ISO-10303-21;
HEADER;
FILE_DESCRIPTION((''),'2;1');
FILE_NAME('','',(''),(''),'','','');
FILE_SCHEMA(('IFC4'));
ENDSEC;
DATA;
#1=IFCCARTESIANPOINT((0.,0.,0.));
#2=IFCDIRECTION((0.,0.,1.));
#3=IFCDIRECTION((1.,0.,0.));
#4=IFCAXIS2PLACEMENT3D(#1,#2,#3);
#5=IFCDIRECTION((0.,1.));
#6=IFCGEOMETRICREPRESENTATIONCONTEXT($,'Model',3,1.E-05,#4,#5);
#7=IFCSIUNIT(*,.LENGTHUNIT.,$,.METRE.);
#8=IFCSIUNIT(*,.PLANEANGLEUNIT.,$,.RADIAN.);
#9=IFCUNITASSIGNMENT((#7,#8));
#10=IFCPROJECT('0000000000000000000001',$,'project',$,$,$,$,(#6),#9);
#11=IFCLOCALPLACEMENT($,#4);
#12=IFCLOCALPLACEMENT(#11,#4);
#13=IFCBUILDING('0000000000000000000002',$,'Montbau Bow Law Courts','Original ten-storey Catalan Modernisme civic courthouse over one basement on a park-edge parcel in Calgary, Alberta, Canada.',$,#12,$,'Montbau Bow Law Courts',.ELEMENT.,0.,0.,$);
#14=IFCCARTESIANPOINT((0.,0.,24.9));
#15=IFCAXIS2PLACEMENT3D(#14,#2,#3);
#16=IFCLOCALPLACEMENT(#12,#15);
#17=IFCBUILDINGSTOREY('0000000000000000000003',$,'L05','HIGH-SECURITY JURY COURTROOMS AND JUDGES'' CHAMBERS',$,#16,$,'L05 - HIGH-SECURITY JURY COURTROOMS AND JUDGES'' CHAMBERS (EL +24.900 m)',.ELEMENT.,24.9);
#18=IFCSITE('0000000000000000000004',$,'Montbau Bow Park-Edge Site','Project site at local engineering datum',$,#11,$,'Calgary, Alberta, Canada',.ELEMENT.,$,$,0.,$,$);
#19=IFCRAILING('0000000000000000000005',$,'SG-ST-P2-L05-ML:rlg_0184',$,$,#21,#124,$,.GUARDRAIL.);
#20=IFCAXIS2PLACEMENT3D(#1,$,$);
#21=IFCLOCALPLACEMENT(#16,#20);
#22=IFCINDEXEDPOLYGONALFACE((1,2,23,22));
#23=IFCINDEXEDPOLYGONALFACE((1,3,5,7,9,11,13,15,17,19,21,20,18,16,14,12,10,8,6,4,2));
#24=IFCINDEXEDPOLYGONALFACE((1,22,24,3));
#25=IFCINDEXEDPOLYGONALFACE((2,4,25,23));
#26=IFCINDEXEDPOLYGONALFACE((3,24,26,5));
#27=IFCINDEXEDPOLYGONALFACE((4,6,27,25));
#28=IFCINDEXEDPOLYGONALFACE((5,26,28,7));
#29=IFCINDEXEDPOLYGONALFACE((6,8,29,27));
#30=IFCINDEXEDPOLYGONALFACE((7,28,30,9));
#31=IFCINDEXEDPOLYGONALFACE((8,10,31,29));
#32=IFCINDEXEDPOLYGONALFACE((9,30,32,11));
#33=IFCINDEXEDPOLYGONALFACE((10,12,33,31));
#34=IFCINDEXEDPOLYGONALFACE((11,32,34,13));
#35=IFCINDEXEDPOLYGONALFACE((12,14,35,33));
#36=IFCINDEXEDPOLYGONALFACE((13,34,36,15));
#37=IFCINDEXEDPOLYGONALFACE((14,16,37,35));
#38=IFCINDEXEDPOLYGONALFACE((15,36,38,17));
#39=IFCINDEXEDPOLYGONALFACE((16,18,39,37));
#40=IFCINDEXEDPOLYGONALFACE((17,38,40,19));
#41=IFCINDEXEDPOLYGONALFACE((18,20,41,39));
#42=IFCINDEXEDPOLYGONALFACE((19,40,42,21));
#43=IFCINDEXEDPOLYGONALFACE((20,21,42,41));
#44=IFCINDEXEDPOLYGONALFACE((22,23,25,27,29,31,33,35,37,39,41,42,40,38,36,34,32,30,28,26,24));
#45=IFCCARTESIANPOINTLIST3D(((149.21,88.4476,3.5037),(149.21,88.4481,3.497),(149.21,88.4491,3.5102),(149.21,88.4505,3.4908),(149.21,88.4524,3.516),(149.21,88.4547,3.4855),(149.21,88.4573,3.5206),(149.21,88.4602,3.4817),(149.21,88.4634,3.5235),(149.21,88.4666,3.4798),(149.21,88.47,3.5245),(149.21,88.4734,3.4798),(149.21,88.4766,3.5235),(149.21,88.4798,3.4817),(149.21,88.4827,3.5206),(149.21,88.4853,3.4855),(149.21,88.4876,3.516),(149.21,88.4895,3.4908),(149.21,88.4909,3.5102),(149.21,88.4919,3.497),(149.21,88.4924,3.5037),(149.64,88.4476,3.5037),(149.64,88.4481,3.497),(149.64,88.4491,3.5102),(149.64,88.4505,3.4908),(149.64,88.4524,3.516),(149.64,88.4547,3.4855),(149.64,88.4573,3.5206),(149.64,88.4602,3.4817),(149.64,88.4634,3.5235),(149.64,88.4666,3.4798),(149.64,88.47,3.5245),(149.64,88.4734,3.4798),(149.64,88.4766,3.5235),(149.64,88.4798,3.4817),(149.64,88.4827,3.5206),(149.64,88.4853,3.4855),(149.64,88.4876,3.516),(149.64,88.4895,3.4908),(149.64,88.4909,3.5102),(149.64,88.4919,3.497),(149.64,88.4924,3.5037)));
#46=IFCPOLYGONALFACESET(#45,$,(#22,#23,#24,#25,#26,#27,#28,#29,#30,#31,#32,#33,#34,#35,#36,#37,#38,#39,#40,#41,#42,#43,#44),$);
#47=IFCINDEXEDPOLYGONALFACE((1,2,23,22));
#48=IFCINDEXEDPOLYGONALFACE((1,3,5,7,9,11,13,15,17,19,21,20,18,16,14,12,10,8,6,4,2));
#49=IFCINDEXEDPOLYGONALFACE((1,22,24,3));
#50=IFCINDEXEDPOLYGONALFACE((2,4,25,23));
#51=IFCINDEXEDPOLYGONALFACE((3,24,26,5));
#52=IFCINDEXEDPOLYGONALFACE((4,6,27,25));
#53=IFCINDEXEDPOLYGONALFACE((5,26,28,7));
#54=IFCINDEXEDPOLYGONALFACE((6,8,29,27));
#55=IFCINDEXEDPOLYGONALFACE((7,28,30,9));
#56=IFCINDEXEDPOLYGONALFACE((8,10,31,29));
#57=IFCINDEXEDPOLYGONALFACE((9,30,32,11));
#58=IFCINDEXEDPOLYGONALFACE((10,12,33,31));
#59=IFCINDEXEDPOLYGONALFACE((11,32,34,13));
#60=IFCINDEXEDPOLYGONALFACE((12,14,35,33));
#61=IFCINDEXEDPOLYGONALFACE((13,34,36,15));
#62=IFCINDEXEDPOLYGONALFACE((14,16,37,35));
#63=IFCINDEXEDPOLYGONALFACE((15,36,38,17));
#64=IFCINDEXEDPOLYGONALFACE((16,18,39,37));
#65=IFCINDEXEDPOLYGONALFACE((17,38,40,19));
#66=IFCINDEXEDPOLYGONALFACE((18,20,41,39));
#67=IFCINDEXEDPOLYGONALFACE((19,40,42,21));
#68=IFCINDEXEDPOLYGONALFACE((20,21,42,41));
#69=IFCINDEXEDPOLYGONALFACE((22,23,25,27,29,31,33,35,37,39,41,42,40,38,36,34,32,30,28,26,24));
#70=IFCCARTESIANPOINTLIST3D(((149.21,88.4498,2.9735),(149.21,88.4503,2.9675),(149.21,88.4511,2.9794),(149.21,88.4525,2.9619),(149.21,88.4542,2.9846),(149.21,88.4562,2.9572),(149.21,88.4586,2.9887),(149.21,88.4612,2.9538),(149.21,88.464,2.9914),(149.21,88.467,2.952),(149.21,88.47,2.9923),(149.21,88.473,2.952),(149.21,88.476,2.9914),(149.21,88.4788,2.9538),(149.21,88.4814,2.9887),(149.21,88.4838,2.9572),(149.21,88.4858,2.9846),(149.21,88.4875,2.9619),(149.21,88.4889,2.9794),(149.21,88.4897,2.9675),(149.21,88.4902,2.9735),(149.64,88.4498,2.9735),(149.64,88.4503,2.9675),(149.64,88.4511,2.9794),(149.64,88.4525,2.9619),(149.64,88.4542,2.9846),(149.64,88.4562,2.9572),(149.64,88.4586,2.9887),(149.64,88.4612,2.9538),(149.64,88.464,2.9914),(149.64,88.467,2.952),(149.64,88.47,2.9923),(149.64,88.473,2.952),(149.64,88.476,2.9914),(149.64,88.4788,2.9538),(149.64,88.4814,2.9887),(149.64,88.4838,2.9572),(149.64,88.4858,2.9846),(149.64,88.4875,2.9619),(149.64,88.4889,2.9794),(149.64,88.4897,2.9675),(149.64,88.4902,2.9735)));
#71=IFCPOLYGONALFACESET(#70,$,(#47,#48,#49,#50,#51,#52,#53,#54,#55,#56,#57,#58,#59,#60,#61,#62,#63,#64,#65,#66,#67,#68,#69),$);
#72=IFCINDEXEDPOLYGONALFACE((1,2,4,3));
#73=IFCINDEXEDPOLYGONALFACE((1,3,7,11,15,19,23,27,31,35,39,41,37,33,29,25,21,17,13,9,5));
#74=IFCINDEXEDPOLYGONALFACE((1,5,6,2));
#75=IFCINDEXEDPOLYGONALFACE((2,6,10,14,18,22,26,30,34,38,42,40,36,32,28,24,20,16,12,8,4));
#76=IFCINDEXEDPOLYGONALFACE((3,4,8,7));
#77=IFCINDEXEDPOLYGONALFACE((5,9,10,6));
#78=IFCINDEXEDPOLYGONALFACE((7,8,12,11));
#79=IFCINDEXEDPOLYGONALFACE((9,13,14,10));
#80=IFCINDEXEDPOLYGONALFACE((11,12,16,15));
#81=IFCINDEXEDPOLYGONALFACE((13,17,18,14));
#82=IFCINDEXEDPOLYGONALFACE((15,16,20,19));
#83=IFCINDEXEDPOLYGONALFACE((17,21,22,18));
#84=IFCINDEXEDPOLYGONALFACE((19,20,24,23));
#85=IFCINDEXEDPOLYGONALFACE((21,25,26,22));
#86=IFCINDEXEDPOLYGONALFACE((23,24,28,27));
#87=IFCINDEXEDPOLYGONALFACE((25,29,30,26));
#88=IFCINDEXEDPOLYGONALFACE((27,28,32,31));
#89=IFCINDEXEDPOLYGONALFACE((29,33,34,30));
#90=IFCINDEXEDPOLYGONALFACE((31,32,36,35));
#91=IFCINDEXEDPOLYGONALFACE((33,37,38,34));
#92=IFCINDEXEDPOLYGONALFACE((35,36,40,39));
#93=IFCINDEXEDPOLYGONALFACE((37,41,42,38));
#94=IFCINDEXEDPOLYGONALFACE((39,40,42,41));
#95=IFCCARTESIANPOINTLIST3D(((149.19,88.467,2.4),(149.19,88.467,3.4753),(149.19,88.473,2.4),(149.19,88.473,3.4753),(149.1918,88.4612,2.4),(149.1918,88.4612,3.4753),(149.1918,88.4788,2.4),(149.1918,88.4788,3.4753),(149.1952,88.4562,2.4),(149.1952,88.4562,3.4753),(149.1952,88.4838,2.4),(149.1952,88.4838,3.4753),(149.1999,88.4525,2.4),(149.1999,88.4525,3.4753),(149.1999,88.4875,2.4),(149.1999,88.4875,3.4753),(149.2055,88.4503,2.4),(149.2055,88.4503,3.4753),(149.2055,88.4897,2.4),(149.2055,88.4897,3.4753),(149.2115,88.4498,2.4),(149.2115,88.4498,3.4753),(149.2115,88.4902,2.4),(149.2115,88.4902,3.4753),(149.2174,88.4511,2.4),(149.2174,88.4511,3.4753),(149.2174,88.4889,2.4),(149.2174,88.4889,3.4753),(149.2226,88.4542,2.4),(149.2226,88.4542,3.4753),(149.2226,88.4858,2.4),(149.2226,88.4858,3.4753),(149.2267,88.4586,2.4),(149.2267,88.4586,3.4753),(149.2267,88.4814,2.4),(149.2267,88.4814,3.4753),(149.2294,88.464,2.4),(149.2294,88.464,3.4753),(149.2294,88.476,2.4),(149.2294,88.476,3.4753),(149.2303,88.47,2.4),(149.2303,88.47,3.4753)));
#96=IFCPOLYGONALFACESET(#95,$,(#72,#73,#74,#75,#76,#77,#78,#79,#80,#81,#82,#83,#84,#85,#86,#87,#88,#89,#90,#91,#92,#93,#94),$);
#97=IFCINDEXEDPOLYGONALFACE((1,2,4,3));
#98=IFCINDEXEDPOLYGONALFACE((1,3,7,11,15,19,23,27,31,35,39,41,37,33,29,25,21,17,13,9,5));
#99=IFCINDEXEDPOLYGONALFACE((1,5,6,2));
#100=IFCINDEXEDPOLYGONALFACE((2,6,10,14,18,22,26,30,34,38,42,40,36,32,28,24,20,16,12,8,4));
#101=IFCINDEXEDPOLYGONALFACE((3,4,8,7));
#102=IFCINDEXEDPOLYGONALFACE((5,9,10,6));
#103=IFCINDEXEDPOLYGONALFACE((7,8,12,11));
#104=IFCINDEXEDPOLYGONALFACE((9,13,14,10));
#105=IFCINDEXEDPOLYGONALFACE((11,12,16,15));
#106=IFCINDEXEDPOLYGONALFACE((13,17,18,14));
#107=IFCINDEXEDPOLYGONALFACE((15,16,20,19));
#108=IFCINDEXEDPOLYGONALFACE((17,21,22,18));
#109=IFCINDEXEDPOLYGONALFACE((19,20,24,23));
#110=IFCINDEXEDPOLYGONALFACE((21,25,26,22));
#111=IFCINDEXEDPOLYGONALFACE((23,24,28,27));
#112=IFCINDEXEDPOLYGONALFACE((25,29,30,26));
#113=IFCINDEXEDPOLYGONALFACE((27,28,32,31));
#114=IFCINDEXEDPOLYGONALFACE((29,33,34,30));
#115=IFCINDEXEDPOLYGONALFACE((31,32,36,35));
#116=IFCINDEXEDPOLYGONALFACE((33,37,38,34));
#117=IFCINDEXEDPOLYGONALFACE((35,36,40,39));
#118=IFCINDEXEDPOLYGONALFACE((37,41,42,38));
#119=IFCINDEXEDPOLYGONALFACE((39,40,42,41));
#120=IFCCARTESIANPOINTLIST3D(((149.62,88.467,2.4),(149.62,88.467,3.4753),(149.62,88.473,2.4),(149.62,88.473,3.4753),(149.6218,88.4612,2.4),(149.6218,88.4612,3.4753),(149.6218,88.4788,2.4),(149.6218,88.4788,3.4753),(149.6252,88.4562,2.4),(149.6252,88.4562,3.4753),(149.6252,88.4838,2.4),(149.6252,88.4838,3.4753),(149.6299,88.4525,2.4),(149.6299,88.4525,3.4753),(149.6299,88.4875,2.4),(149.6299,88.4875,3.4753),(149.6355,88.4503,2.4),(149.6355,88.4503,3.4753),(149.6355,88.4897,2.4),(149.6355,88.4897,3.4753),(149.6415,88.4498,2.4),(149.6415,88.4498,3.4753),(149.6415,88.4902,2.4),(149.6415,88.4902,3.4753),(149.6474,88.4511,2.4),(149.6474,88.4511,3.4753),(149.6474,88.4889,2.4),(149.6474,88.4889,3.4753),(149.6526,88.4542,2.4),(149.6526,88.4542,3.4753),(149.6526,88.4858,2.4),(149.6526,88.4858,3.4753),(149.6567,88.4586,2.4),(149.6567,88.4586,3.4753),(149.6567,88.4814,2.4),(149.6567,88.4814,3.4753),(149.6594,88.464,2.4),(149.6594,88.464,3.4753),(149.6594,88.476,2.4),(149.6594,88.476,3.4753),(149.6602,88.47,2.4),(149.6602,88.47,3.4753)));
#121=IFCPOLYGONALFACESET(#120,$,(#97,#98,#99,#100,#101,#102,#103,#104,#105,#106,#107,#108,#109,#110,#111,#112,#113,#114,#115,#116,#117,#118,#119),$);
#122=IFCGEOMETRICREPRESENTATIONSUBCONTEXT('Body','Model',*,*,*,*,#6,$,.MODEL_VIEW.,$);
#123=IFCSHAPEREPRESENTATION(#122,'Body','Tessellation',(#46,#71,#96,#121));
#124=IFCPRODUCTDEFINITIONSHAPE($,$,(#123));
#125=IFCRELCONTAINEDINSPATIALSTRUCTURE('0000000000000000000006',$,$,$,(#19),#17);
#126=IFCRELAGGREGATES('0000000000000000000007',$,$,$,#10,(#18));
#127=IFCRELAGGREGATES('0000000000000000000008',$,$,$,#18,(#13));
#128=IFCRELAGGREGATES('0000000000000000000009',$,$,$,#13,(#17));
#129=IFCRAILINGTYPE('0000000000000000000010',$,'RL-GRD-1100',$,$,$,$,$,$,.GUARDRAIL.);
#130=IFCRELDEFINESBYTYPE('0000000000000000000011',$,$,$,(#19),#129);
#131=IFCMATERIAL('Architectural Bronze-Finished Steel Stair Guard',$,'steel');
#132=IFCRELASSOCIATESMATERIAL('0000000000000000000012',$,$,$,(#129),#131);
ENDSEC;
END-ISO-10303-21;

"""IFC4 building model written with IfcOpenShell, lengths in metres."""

from ifc_helpers import new_model, si_unit, direction, frame, origin_with_axes, origin_2d_with_axis, place, context, subcontext, project, spatial, circle, extrude, material, type_object, element, save


model = new_model("IFC4")

# Units and contexts
model_context = context("Model", 3, precision=1e-05, world=origin_with_axes(), true_north=direction((0.0, 1.0)))
body_context = subcontext(model_context, "Body", "Model", "MODEL_VIEW")
ifc_project = project(units=[si_unit("LENGTHUNIT", "METRE"), si_unit("PLANEANGLEUNIT", "RADIAN")], contexts=[model_context])

# Site, building, storey
site_placement = place(None, origin_with_axes())
site = spatial("IfcSite", under=ifc_project, at=site_placement, Name="Montbau Bow Park-Edge Site", Description="Project site at local engineering datum", LongName="Calgary, Alberta, Canada", CompositionType="ELEMENT", RefElevation=0.0)
building_placement = place(site_placement, origin_with_axes())
building = spatial("IfcBuilding", under=site, at=building_placement, Name="Montbau Bow Law Courts", Description="Original ten-storey Catalan Modernisme civic courthouse over one basement on a park-edge parcel in Calgary, Alberta, Canada.", LongName="Montbau Bow Law Courts", CompositionType="ELEMENT", ElevationOfRefHeight=0.0, ElevationOfTerrain=0.0)
storey_placement = place(building_placement, frame((0.0, 0.0, 24.9), z_axis=(0.0, 0.0, 1.0), x_axis=(1.0, 0.0, 0.0)))
storey = spatial("IfcBuildingStorey", under=building, at=storey_placement, Name="L05", Description="HIGH-SECURITY JURY COURTROOMS AND JUDGES' CHAMBERS", LongName="L05 - HIGH-SECURITY JURY COURTROOMS AND JUDGES' CHAMBERS (EL +24.900 m)", CompositionType="ELEMENT", Elevation=24.9)

# Railing
ifc_material_1 = material(Name="Architectural Bronze-Finished Steel Stair Guard", Category="steel")
railing_type_1 = type_object("IfcRailingType", Name="RL-GRD-1100", PredefinedType="GUARDRAIL", material=ifc_material_1)
railing_1_placement = place(None, origin_with_axes())
element("IfcRailing", 1, at=railing_1_placement, inside=storey, type_object=railing_type_1, Name="SG-ST-P2-L05-ML:rlg_0184", PredefinedType="GUARDRAIL", context=body_context, shape_type="SweptSolid", body=[
    extrude(circle(Radius=0.0225, at=origin_2d_with_axis()), frame((149.21, 88.47, 28.402), z_axis=(1.0, 0.0, 0.0), x_axis=(0.0, 0.0, 1.0)), (0.0, 0.0, 1.0), 0.43),
    extrude(circle(Radius=0.0203, at=origin_2d_with_axis()), frame((149.21, 88.47, 27.872), z_axis=(1.0, 0.0, 0.0), x_axis=(0.0, 0.0, 1.0)), (0.0, 0.0, 1.0), 0.43),
    extrude(circle(Radius=0.0203, at=origin_2d_with_axis()), frame((149.21, 88.47, 27.3), z_axis=(0.0, 0.0, 1.0), x_axis=(1.0, 0.0, 0.0)), (0.0, 0.0, 1.0), 1.0753),
    extrude(circle(Radius=0.0203, at=origin_2d_with_axis()), frame((149.64, 88.47, 27.3), z_axis=(0.0, 0.0, 1.0), x_axis=(1.0, 0.0, 0.0)), (0.0, 0.0, 1.0), 1.0753),
])

save(model, "model.ifc")
